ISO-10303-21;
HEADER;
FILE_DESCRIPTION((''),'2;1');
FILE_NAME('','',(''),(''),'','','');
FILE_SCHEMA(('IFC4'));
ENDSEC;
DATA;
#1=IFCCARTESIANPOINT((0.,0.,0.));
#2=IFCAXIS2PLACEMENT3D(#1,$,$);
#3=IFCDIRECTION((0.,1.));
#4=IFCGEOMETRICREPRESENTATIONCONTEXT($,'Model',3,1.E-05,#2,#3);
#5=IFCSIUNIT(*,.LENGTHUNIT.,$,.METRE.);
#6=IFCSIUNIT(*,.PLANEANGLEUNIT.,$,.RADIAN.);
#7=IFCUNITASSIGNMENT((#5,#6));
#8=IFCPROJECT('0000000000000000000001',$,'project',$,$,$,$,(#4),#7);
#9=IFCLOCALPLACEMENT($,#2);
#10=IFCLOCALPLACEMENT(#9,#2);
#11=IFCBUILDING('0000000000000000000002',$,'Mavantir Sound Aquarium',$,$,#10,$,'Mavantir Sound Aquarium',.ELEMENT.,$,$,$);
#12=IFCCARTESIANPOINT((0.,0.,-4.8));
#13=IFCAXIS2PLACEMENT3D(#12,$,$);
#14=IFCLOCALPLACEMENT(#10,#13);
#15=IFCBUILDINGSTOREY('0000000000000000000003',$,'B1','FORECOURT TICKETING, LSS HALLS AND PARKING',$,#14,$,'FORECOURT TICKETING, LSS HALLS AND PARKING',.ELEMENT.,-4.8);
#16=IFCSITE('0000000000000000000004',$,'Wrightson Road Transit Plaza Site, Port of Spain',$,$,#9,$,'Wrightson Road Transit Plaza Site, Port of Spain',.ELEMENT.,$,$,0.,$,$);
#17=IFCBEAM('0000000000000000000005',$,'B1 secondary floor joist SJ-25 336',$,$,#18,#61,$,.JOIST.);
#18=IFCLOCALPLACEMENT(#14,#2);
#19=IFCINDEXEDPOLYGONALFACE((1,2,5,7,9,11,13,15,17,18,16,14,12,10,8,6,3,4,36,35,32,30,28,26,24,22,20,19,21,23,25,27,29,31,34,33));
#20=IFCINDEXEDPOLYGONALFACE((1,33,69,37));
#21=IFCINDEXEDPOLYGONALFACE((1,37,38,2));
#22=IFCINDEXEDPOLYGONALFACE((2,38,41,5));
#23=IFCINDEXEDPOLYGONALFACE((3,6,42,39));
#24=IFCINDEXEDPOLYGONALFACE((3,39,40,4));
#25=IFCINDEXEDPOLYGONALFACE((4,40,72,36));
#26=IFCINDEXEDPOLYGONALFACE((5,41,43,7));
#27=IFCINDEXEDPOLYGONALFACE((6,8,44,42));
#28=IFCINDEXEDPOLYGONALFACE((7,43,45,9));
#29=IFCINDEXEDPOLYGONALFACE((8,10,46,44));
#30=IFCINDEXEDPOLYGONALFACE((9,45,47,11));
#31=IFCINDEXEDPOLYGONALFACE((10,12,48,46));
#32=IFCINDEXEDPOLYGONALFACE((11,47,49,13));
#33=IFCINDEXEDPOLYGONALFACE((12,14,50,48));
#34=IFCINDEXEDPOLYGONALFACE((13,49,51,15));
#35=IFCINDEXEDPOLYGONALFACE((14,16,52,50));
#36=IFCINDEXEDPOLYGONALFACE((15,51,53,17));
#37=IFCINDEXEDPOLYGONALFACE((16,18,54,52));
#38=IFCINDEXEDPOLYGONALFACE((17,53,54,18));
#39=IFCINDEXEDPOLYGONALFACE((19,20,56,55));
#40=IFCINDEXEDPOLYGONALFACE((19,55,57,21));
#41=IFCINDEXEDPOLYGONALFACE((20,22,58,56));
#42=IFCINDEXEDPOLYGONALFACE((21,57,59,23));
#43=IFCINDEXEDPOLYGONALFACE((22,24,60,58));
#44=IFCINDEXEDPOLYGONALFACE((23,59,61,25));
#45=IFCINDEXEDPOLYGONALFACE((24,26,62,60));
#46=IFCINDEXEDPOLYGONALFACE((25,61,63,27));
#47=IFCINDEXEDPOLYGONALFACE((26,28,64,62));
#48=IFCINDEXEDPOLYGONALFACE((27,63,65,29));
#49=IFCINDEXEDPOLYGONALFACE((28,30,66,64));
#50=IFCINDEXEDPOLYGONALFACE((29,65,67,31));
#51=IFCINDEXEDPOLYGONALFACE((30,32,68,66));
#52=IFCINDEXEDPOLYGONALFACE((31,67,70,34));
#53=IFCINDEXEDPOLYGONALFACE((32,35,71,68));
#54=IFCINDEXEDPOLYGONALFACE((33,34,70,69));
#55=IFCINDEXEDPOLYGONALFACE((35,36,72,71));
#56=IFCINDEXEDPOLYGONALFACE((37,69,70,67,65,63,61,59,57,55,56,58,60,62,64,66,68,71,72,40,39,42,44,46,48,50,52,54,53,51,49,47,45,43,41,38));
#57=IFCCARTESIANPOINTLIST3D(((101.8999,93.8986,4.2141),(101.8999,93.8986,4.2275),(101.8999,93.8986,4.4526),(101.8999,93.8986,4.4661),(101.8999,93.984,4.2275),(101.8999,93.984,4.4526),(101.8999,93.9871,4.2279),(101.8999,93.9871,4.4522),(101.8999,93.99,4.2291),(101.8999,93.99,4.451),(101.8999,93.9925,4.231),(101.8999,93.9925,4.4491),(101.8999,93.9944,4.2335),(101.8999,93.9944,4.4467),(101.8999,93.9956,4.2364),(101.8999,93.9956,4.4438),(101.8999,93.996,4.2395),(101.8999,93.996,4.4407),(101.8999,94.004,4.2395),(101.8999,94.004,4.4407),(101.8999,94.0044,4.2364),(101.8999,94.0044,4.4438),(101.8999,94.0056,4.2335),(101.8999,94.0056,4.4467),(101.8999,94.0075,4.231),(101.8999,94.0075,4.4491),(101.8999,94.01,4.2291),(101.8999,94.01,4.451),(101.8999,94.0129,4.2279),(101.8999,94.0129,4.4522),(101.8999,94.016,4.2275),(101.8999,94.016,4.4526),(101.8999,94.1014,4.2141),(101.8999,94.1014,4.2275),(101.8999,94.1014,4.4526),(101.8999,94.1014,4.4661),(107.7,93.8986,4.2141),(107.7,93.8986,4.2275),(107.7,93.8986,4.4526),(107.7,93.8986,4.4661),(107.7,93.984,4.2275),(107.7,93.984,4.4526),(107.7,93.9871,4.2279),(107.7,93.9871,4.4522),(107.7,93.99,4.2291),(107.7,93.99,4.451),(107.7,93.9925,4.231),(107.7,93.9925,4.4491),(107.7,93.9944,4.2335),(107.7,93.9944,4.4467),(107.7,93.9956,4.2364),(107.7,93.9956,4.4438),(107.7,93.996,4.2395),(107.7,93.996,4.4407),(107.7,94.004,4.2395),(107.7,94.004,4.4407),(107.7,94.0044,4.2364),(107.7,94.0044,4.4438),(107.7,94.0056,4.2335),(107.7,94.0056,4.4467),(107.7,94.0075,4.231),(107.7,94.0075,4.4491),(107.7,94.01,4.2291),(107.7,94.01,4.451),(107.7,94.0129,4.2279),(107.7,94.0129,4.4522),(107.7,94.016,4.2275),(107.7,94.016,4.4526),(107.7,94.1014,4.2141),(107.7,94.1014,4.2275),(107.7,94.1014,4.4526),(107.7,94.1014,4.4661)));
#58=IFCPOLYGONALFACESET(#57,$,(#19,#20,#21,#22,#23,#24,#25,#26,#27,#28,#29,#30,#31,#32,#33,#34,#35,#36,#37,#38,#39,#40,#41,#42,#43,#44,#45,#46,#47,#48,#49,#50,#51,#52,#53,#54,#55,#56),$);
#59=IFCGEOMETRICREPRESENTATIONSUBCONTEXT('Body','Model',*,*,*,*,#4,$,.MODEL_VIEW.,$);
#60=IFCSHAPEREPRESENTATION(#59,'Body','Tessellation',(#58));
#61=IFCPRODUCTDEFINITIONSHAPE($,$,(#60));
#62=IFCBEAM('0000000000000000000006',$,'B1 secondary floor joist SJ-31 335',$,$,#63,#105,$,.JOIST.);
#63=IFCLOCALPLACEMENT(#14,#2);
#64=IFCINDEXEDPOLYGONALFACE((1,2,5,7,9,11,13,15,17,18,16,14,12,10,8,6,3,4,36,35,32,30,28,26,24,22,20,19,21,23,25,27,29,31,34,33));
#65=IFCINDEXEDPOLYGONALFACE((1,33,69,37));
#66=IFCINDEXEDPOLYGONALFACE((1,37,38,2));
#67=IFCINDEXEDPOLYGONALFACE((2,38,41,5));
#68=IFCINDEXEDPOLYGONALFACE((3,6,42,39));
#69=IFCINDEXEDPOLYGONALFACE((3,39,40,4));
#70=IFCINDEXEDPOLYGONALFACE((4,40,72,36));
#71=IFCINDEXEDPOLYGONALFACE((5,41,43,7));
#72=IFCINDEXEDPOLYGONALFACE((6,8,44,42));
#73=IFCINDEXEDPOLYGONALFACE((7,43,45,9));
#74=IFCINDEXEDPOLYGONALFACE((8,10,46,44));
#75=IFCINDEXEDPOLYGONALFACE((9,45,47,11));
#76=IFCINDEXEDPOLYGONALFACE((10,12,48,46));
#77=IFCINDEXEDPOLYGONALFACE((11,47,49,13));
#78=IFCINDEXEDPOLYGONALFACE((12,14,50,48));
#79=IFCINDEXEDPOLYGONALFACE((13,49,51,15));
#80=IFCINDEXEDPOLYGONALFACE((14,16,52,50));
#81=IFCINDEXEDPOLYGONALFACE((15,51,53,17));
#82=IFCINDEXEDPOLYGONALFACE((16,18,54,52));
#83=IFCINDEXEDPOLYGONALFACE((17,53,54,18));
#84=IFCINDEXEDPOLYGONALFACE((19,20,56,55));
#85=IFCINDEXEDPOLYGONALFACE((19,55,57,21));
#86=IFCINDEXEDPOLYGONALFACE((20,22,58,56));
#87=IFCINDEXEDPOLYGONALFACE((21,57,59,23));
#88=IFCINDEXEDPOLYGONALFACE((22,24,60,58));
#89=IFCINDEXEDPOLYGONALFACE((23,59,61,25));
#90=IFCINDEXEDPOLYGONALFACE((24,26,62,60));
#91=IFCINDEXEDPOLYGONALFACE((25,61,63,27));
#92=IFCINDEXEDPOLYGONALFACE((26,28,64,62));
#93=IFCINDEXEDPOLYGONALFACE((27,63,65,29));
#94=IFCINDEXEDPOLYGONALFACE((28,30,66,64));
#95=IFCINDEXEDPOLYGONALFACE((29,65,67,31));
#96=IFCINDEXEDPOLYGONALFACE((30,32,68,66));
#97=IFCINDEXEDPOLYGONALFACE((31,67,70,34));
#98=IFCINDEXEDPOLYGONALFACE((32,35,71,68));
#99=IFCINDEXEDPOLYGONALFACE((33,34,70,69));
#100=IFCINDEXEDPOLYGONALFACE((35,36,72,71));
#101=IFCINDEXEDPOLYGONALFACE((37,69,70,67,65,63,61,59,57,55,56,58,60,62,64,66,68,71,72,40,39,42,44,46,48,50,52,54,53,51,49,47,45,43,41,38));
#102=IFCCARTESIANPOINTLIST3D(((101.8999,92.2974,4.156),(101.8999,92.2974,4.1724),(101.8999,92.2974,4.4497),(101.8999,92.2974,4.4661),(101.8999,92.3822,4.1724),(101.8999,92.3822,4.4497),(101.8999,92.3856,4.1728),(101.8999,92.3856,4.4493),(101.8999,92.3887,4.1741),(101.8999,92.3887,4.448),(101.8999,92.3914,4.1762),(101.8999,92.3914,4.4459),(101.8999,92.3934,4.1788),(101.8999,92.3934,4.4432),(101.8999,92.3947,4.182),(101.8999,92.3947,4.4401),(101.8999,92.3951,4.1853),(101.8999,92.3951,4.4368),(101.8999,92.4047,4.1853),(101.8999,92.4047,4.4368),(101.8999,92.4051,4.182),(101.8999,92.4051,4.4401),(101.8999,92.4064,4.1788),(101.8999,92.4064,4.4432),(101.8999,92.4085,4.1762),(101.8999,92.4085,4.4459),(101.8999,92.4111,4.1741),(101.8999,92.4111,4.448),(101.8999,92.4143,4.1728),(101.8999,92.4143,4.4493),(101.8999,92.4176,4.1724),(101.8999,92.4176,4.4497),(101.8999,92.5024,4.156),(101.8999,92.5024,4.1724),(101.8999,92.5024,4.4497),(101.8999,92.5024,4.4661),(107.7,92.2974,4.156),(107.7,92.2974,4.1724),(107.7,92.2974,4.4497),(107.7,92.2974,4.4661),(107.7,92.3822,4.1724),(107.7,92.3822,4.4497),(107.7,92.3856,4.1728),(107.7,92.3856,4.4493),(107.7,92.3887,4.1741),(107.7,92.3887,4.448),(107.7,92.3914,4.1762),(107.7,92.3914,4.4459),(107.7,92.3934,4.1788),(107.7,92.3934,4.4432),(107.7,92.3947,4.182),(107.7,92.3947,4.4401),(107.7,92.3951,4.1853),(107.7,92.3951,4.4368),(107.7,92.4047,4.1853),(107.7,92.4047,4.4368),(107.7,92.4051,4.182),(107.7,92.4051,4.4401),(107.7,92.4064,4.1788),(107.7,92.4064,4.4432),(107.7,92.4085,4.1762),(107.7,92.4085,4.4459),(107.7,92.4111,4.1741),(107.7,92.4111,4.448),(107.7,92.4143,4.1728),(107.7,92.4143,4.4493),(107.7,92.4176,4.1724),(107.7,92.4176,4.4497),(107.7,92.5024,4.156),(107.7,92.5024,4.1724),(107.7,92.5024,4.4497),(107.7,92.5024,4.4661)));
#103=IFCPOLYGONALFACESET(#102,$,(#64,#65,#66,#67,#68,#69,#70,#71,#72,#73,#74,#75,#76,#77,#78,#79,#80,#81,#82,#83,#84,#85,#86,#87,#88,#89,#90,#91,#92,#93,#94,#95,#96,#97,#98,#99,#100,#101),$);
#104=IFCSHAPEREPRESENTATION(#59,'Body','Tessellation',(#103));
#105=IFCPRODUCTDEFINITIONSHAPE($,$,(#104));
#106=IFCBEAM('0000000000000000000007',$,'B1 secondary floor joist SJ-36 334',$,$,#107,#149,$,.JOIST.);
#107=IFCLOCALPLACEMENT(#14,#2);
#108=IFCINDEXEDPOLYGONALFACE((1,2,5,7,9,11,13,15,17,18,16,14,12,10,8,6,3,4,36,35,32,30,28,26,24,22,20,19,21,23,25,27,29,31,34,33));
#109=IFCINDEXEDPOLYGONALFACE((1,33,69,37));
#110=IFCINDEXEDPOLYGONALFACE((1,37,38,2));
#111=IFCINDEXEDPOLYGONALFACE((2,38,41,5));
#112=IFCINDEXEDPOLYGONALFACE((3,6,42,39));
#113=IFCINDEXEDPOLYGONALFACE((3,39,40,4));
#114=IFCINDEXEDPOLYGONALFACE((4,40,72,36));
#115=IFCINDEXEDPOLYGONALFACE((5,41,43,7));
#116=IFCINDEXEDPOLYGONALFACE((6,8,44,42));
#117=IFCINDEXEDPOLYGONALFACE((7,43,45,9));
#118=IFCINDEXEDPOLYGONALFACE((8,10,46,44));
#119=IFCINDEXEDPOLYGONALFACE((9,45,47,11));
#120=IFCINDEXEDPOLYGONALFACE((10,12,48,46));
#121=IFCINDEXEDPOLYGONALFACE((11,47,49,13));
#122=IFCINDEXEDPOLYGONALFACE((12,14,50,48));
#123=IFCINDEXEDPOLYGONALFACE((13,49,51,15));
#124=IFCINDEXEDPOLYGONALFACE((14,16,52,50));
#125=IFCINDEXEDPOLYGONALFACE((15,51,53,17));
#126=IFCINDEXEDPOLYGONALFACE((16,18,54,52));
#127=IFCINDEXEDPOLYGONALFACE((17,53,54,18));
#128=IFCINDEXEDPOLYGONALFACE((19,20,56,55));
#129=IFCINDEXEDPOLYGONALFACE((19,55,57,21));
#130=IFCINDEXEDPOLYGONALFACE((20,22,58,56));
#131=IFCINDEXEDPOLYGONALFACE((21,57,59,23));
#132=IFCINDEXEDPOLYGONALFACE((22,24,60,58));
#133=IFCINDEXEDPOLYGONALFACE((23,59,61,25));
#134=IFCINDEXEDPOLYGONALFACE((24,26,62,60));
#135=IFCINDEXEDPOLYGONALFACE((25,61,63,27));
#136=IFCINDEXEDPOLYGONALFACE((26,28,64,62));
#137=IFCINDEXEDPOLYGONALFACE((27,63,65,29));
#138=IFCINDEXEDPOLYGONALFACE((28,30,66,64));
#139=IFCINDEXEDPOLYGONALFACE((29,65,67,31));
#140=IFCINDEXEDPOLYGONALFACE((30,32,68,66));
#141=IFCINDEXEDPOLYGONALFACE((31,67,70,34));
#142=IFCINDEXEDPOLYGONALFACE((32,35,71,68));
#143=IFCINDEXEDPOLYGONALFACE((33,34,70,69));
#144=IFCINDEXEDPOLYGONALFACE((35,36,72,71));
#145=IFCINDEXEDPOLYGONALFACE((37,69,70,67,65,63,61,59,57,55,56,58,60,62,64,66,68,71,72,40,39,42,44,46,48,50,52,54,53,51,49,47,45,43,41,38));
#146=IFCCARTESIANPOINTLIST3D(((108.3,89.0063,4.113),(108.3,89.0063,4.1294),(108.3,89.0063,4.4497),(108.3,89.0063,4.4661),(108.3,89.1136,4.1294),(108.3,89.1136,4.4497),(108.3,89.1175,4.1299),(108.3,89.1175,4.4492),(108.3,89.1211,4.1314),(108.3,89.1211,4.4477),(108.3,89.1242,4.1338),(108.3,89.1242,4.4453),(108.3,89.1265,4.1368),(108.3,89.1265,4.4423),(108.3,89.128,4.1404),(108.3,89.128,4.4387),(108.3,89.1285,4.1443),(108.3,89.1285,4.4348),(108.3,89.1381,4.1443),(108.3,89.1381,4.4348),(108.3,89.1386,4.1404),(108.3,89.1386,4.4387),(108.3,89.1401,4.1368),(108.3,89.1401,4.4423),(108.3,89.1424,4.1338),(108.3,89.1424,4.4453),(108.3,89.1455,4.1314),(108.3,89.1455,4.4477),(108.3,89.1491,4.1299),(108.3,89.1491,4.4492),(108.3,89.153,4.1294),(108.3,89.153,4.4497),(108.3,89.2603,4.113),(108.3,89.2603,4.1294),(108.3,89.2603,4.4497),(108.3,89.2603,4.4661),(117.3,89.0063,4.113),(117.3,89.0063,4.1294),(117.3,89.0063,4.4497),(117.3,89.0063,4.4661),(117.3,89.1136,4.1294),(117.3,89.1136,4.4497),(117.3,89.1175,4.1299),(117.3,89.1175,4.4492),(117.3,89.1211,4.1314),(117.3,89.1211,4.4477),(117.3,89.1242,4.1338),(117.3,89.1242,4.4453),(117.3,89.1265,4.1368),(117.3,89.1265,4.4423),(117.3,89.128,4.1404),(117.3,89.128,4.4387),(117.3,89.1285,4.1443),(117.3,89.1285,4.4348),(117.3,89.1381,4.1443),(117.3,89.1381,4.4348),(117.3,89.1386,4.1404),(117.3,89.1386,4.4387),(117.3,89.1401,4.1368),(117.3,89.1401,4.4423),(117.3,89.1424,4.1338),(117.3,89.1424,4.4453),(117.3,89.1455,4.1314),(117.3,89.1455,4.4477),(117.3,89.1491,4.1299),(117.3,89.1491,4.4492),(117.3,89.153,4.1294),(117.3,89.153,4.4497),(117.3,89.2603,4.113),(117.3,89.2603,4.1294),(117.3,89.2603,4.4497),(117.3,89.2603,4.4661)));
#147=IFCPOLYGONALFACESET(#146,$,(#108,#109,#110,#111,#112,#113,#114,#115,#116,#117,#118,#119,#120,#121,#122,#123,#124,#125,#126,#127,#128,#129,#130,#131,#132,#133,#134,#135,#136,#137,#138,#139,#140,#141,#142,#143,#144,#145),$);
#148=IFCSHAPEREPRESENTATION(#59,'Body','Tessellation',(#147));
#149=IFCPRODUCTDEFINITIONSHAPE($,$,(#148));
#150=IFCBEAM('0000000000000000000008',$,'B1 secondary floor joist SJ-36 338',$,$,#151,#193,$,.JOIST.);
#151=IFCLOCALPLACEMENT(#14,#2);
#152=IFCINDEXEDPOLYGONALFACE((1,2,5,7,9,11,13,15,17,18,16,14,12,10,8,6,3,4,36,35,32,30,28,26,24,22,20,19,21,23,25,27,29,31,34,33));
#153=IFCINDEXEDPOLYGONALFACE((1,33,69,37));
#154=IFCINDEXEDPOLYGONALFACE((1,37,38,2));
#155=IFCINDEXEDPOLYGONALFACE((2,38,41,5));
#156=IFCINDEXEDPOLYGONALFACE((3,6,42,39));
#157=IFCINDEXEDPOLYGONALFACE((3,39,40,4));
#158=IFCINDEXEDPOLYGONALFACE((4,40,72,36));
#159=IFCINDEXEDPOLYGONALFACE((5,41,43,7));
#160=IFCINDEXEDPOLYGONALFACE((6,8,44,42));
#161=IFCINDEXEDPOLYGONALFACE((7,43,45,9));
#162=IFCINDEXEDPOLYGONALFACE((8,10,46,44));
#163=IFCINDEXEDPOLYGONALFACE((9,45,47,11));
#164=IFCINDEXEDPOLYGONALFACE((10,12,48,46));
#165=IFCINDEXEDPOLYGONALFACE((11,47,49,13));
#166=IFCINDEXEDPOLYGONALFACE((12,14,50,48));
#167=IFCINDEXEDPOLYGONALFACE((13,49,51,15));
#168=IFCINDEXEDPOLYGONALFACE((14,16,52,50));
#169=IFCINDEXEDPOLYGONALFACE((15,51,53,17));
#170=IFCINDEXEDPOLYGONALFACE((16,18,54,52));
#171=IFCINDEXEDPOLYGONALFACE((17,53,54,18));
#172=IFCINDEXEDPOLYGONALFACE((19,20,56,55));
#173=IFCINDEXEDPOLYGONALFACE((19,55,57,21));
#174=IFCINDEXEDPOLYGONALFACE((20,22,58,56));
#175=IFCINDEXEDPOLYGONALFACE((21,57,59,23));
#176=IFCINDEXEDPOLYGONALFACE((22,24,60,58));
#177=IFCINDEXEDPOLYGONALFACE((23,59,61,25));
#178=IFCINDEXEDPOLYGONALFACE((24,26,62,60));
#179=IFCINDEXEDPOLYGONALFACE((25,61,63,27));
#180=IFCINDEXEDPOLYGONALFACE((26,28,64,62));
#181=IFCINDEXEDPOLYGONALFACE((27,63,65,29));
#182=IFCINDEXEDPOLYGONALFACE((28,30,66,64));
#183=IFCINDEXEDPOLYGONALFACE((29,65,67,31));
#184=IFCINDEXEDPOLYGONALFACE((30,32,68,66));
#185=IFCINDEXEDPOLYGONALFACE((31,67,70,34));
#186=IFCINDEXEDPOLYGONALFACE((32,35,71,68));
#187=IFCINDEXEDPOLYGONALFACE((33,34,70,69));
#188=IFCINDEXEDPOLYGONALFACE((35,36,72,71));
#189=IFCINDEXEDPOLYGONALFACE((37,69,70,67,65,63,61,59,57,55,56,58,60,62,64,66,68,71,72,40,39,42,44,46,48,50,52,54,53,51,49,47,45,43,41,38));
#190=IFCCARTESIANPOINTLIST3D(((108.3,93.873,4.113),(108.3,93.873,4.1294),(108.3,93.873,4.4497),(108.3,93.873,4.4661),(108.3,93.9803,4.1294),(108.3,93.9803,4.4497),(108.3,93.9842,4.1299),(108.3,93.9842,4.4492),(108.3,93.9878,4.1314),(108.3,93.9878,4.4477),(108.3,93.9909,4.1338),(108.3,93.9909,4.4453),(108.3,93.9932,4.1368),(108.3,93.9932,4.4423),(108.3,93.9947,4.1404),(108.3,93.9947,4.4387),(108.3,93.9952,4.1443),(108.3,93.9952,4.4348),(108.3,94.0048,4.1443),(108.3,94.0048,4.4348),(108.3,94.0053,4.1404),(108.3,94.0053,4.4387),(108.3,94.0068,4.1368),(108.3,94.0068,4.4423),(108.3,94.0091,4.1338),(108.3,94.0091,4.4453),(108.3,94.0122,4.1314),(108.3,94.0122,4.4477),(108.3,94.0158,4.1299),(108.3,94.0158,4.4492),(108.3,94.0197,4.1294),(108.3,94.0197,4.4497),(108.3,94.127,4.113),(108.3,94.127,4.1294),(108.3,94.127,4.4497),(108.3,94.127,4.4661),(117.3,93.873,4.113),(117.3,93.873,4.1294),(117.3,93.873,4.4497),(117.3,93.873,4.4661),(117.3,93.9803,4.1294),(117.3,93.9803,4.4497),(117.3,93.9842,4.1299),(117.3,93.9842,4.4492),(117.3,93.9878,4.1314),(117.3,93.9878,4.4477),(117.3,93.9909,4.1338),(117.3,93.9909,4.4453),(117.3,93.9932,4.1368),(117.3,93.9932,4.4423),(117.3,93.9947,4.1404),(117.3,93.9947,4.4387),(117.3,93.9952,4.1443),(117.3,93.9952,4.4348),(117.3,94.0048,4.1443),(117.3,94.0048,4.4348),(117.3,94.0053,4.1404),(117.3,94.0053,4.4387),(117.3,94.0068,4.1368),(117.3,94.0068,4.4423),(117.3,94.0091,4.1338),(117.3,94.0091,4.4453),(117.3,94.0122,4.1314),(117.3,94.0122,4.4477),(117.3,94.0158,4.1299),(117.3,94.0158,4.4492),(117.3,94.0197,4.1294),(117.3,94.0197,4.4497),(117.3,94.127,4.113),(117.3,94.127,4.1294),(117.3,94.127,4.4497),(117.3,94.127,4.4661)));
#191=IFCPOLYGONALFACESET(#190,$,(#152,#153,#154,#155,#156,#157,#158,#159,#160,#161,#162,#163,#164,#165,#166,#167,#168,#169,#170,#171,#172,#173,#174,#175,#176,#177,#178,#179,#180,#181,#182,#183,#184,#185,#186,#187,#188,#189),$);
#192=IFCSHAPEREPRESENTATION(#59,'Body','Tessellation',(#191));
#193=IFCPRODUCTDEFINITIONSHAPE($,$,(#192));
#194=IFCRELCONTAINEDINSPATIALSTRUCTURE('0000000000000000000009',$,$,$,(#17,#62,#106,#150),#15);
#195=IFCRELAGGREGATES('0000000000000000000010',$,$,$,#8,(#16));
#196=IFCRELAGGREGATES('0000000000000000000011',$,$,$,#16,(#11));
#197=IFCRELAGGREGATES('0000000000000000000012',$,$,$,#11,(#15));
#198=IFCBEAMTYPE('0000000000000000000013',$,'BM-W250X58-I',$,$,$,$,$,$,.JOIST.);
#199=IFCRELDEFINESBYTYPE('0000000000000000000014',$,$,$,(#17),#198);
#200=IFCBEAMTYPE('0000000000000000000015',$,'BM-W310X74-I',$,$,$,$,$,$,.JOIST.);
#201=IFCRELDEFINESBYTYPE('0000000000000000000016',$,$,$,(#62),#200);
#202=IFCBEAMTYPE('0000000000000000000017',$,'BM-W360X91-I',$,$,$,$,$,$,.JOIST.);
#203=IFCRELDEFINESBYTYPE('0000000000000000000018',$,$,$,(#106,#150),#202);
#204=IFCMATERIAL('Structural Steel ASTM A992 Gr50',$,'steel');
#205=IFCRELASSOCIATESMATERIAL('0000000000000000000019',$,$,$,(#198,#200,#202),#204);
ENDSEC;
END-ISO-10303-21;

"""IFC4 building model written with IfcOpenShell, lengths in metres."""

from ifc_helpers import new_model, si_unit, direction, frame, origin, origin_2d, place, context, subcontext, project, spatial, i_section, extrude, material, material_profile, profile_set, type_object, element, save


model = new_model("IFC4")

# Units and contexts
model_context = context("Model", 3, precision=1e-05, world=origin(), true_north=direction((0.0, 1.0)))
body_context = subcontext(model_context, "Body", "Model", "MODEL_VIEW")
ifc_project = project(units=[si_unit("LENGTHUNIT", "METRE"), si_unit("PLANEANGLEUNIT", "RADIAN")], contexts=[model_context])

# Site, building, storey
site_placement = place(None, origin())
site = spatial("IfcSite", under=ifc_project, at=site_placement, Name="Wrightson Road Transit Plaza Site, Port of Spain", LongName="Wrightson Road Transit Plaza Site, Port of Spain", CompositionType="ELEMENT", RefElevation=0.0)
building_placement = place(site_placement, origin())
building = spatial("IfcBuilding", under=site, at=building_placement, Name="Mavantir Sound Aquarium", LongName="Mavantir Sound Aquarium", CompositionType="ELEMENT")
storey_placement = place(building_placement, frame((0.0, 0.0, -4.8)))
storey = spatial("IfcBuildingStorey", under=building, at=storey_placement, Name="B1", Description="FORECOURT TICKETING, LSS HALLS AND PARKING", LongName="FORECOURT TICKETING, LSS HALLS AND PARKING", CompositionType="ELEMENT", Elevation=-4.8)

# Beams
ifc_material_1 = material(Name="Structural Steel ASTM A992 Gr50", Category="steel")
ifc_material_profile_1 = material_profile(ifc_material_1, i_section(OverallWidth=0.2029, OverallDepth=0.252, WebThickness=0.0081, FlangeThickness=0.0134, FilletRadius=0.012, at=origin_2d()), Name="W250X58")
ifc_profile_set_1 = profile_set([ifc_material_profile_1], Name="Structural Steel ASTM A992 Gr50")
beam_type_1 = type_object("IfcBeamType", Name="BM-W250X58-I", PredefinedType="JOIST", material=ifc_profile_set_1)
beam_1_placement = place(storey_placement, frame((101.8999, 94.0, 4.3401), z_axis=(1.0, 0.0, 0.0), x_axis=(0.0, 1.0, 0.0)))
element("IfcBeam", 1, at=beam_1_placement, inside=storey, type_object=beam_type_1, Name="B1 secondary floor joist SJ-25 336", PredefinedType="JOIST", context=body_context, shape_type="SweptSolid", body=[
    extrude(i_section(OverallWidth=0.2029, OverallDepth=0.252, WebThickness=0.0081, FlangeThickness=0.0134, FilletRadius=0.012, at=origin_2d()), origin(), (0.0, 0.0, 1.0), 5.8),
])
ifc_material_profile_2 = material_profile(ifc_material_1, i_section(OverallWidth=0.2051, OverallDepth=0.3101, WebThickness=0.0095, FlangeThickness=0.0164, FilletRadius=0.0129, at=origin_2d()), Name="W310X74")
ifc_profile_set_2 = profile_set([ifc_material_profile_2], Name="Structural Steel ASTM A992 Gr50")
beam_type_2 = type_object("IfcBeamType", Name="BM-W310X74-I", PredefinedType="JOIST", material=ifc_profile_set_2)
beam_2_placement = place(storey_placement, frame((101.8999, 92.3999, 4.311), z_axis=(1.0, 0.0, 0.0), x_axis=(0.0, 1.0, 0.0)))
element("IfcBeam", 2, at=beam_2_placement, inside=storey, type_object=beam_type_2, Name="B1 secondary floor joist SJ-31 335", PredefinedType="JOIST", context=body_context, shape_type="SweptSolid", body=[
    extrude(i_section(OverallWidth=0.2051, OverallDepth=0.3101, WebThickness=0.0095, FlangeThickness=0.0164, FilletRadius=0.0129, at=origin_2d()), origin(), (0.0, 0.0, 1.0), 5.8),
])
ifc_material_profile_3 = material_profile(ifc_material_1, i_section(OverallWidth=0.2539, OverallDepth=0.353, WebThickness=0.0095, FlangeThickness=0.0164, FilletRadius=0.0149, at=origin_2d()), Name="W360X91")
ifc_profile_set_3 = profile_set([ifc_material_profile_3], Name="Structural Steel ASTM A992 Gr50")
beam_type_3 = type_object("IfcBeamType", Name="BM-W360X91-I", PredefinedType="JOIST", material=ifc_profile_set_3)
for number, where, z_axis, x_axis, name in (
    (3, (108.3, 89.1333, 4.2896), (1.0, 0.0, 0.0), (0.0, 1.0, 0.0), "B1 secondary floor joist SJ-36 334"),
    (4, (108.3, 94.0, 4.2896), (1.0, 0.0, 0.0), (0.0, 1.0, 0.0), "B1 secondary floor joist SJ-36 338"),
):
    element("IfcBeam", number, at=place(storey_placement, frame(where, z_axis=z_axis, x_axis=x_axis)), inside=storey, type_object=beam_type_3, Name=name, PredefinedType="JOIST", context=body_context, shape_type="SweptSolid", body=[
        extrude(i_section(OverallWidth=0.2539, OverallDepth=0.353, WebThickness=0.0095, FlangeThickness=0.0164, FilletRadius=0.0149, at=origin_2d()), origin(), (0.0, 0.0, 1.0), 9.0),
    ])

save(model, "model.ifc")
